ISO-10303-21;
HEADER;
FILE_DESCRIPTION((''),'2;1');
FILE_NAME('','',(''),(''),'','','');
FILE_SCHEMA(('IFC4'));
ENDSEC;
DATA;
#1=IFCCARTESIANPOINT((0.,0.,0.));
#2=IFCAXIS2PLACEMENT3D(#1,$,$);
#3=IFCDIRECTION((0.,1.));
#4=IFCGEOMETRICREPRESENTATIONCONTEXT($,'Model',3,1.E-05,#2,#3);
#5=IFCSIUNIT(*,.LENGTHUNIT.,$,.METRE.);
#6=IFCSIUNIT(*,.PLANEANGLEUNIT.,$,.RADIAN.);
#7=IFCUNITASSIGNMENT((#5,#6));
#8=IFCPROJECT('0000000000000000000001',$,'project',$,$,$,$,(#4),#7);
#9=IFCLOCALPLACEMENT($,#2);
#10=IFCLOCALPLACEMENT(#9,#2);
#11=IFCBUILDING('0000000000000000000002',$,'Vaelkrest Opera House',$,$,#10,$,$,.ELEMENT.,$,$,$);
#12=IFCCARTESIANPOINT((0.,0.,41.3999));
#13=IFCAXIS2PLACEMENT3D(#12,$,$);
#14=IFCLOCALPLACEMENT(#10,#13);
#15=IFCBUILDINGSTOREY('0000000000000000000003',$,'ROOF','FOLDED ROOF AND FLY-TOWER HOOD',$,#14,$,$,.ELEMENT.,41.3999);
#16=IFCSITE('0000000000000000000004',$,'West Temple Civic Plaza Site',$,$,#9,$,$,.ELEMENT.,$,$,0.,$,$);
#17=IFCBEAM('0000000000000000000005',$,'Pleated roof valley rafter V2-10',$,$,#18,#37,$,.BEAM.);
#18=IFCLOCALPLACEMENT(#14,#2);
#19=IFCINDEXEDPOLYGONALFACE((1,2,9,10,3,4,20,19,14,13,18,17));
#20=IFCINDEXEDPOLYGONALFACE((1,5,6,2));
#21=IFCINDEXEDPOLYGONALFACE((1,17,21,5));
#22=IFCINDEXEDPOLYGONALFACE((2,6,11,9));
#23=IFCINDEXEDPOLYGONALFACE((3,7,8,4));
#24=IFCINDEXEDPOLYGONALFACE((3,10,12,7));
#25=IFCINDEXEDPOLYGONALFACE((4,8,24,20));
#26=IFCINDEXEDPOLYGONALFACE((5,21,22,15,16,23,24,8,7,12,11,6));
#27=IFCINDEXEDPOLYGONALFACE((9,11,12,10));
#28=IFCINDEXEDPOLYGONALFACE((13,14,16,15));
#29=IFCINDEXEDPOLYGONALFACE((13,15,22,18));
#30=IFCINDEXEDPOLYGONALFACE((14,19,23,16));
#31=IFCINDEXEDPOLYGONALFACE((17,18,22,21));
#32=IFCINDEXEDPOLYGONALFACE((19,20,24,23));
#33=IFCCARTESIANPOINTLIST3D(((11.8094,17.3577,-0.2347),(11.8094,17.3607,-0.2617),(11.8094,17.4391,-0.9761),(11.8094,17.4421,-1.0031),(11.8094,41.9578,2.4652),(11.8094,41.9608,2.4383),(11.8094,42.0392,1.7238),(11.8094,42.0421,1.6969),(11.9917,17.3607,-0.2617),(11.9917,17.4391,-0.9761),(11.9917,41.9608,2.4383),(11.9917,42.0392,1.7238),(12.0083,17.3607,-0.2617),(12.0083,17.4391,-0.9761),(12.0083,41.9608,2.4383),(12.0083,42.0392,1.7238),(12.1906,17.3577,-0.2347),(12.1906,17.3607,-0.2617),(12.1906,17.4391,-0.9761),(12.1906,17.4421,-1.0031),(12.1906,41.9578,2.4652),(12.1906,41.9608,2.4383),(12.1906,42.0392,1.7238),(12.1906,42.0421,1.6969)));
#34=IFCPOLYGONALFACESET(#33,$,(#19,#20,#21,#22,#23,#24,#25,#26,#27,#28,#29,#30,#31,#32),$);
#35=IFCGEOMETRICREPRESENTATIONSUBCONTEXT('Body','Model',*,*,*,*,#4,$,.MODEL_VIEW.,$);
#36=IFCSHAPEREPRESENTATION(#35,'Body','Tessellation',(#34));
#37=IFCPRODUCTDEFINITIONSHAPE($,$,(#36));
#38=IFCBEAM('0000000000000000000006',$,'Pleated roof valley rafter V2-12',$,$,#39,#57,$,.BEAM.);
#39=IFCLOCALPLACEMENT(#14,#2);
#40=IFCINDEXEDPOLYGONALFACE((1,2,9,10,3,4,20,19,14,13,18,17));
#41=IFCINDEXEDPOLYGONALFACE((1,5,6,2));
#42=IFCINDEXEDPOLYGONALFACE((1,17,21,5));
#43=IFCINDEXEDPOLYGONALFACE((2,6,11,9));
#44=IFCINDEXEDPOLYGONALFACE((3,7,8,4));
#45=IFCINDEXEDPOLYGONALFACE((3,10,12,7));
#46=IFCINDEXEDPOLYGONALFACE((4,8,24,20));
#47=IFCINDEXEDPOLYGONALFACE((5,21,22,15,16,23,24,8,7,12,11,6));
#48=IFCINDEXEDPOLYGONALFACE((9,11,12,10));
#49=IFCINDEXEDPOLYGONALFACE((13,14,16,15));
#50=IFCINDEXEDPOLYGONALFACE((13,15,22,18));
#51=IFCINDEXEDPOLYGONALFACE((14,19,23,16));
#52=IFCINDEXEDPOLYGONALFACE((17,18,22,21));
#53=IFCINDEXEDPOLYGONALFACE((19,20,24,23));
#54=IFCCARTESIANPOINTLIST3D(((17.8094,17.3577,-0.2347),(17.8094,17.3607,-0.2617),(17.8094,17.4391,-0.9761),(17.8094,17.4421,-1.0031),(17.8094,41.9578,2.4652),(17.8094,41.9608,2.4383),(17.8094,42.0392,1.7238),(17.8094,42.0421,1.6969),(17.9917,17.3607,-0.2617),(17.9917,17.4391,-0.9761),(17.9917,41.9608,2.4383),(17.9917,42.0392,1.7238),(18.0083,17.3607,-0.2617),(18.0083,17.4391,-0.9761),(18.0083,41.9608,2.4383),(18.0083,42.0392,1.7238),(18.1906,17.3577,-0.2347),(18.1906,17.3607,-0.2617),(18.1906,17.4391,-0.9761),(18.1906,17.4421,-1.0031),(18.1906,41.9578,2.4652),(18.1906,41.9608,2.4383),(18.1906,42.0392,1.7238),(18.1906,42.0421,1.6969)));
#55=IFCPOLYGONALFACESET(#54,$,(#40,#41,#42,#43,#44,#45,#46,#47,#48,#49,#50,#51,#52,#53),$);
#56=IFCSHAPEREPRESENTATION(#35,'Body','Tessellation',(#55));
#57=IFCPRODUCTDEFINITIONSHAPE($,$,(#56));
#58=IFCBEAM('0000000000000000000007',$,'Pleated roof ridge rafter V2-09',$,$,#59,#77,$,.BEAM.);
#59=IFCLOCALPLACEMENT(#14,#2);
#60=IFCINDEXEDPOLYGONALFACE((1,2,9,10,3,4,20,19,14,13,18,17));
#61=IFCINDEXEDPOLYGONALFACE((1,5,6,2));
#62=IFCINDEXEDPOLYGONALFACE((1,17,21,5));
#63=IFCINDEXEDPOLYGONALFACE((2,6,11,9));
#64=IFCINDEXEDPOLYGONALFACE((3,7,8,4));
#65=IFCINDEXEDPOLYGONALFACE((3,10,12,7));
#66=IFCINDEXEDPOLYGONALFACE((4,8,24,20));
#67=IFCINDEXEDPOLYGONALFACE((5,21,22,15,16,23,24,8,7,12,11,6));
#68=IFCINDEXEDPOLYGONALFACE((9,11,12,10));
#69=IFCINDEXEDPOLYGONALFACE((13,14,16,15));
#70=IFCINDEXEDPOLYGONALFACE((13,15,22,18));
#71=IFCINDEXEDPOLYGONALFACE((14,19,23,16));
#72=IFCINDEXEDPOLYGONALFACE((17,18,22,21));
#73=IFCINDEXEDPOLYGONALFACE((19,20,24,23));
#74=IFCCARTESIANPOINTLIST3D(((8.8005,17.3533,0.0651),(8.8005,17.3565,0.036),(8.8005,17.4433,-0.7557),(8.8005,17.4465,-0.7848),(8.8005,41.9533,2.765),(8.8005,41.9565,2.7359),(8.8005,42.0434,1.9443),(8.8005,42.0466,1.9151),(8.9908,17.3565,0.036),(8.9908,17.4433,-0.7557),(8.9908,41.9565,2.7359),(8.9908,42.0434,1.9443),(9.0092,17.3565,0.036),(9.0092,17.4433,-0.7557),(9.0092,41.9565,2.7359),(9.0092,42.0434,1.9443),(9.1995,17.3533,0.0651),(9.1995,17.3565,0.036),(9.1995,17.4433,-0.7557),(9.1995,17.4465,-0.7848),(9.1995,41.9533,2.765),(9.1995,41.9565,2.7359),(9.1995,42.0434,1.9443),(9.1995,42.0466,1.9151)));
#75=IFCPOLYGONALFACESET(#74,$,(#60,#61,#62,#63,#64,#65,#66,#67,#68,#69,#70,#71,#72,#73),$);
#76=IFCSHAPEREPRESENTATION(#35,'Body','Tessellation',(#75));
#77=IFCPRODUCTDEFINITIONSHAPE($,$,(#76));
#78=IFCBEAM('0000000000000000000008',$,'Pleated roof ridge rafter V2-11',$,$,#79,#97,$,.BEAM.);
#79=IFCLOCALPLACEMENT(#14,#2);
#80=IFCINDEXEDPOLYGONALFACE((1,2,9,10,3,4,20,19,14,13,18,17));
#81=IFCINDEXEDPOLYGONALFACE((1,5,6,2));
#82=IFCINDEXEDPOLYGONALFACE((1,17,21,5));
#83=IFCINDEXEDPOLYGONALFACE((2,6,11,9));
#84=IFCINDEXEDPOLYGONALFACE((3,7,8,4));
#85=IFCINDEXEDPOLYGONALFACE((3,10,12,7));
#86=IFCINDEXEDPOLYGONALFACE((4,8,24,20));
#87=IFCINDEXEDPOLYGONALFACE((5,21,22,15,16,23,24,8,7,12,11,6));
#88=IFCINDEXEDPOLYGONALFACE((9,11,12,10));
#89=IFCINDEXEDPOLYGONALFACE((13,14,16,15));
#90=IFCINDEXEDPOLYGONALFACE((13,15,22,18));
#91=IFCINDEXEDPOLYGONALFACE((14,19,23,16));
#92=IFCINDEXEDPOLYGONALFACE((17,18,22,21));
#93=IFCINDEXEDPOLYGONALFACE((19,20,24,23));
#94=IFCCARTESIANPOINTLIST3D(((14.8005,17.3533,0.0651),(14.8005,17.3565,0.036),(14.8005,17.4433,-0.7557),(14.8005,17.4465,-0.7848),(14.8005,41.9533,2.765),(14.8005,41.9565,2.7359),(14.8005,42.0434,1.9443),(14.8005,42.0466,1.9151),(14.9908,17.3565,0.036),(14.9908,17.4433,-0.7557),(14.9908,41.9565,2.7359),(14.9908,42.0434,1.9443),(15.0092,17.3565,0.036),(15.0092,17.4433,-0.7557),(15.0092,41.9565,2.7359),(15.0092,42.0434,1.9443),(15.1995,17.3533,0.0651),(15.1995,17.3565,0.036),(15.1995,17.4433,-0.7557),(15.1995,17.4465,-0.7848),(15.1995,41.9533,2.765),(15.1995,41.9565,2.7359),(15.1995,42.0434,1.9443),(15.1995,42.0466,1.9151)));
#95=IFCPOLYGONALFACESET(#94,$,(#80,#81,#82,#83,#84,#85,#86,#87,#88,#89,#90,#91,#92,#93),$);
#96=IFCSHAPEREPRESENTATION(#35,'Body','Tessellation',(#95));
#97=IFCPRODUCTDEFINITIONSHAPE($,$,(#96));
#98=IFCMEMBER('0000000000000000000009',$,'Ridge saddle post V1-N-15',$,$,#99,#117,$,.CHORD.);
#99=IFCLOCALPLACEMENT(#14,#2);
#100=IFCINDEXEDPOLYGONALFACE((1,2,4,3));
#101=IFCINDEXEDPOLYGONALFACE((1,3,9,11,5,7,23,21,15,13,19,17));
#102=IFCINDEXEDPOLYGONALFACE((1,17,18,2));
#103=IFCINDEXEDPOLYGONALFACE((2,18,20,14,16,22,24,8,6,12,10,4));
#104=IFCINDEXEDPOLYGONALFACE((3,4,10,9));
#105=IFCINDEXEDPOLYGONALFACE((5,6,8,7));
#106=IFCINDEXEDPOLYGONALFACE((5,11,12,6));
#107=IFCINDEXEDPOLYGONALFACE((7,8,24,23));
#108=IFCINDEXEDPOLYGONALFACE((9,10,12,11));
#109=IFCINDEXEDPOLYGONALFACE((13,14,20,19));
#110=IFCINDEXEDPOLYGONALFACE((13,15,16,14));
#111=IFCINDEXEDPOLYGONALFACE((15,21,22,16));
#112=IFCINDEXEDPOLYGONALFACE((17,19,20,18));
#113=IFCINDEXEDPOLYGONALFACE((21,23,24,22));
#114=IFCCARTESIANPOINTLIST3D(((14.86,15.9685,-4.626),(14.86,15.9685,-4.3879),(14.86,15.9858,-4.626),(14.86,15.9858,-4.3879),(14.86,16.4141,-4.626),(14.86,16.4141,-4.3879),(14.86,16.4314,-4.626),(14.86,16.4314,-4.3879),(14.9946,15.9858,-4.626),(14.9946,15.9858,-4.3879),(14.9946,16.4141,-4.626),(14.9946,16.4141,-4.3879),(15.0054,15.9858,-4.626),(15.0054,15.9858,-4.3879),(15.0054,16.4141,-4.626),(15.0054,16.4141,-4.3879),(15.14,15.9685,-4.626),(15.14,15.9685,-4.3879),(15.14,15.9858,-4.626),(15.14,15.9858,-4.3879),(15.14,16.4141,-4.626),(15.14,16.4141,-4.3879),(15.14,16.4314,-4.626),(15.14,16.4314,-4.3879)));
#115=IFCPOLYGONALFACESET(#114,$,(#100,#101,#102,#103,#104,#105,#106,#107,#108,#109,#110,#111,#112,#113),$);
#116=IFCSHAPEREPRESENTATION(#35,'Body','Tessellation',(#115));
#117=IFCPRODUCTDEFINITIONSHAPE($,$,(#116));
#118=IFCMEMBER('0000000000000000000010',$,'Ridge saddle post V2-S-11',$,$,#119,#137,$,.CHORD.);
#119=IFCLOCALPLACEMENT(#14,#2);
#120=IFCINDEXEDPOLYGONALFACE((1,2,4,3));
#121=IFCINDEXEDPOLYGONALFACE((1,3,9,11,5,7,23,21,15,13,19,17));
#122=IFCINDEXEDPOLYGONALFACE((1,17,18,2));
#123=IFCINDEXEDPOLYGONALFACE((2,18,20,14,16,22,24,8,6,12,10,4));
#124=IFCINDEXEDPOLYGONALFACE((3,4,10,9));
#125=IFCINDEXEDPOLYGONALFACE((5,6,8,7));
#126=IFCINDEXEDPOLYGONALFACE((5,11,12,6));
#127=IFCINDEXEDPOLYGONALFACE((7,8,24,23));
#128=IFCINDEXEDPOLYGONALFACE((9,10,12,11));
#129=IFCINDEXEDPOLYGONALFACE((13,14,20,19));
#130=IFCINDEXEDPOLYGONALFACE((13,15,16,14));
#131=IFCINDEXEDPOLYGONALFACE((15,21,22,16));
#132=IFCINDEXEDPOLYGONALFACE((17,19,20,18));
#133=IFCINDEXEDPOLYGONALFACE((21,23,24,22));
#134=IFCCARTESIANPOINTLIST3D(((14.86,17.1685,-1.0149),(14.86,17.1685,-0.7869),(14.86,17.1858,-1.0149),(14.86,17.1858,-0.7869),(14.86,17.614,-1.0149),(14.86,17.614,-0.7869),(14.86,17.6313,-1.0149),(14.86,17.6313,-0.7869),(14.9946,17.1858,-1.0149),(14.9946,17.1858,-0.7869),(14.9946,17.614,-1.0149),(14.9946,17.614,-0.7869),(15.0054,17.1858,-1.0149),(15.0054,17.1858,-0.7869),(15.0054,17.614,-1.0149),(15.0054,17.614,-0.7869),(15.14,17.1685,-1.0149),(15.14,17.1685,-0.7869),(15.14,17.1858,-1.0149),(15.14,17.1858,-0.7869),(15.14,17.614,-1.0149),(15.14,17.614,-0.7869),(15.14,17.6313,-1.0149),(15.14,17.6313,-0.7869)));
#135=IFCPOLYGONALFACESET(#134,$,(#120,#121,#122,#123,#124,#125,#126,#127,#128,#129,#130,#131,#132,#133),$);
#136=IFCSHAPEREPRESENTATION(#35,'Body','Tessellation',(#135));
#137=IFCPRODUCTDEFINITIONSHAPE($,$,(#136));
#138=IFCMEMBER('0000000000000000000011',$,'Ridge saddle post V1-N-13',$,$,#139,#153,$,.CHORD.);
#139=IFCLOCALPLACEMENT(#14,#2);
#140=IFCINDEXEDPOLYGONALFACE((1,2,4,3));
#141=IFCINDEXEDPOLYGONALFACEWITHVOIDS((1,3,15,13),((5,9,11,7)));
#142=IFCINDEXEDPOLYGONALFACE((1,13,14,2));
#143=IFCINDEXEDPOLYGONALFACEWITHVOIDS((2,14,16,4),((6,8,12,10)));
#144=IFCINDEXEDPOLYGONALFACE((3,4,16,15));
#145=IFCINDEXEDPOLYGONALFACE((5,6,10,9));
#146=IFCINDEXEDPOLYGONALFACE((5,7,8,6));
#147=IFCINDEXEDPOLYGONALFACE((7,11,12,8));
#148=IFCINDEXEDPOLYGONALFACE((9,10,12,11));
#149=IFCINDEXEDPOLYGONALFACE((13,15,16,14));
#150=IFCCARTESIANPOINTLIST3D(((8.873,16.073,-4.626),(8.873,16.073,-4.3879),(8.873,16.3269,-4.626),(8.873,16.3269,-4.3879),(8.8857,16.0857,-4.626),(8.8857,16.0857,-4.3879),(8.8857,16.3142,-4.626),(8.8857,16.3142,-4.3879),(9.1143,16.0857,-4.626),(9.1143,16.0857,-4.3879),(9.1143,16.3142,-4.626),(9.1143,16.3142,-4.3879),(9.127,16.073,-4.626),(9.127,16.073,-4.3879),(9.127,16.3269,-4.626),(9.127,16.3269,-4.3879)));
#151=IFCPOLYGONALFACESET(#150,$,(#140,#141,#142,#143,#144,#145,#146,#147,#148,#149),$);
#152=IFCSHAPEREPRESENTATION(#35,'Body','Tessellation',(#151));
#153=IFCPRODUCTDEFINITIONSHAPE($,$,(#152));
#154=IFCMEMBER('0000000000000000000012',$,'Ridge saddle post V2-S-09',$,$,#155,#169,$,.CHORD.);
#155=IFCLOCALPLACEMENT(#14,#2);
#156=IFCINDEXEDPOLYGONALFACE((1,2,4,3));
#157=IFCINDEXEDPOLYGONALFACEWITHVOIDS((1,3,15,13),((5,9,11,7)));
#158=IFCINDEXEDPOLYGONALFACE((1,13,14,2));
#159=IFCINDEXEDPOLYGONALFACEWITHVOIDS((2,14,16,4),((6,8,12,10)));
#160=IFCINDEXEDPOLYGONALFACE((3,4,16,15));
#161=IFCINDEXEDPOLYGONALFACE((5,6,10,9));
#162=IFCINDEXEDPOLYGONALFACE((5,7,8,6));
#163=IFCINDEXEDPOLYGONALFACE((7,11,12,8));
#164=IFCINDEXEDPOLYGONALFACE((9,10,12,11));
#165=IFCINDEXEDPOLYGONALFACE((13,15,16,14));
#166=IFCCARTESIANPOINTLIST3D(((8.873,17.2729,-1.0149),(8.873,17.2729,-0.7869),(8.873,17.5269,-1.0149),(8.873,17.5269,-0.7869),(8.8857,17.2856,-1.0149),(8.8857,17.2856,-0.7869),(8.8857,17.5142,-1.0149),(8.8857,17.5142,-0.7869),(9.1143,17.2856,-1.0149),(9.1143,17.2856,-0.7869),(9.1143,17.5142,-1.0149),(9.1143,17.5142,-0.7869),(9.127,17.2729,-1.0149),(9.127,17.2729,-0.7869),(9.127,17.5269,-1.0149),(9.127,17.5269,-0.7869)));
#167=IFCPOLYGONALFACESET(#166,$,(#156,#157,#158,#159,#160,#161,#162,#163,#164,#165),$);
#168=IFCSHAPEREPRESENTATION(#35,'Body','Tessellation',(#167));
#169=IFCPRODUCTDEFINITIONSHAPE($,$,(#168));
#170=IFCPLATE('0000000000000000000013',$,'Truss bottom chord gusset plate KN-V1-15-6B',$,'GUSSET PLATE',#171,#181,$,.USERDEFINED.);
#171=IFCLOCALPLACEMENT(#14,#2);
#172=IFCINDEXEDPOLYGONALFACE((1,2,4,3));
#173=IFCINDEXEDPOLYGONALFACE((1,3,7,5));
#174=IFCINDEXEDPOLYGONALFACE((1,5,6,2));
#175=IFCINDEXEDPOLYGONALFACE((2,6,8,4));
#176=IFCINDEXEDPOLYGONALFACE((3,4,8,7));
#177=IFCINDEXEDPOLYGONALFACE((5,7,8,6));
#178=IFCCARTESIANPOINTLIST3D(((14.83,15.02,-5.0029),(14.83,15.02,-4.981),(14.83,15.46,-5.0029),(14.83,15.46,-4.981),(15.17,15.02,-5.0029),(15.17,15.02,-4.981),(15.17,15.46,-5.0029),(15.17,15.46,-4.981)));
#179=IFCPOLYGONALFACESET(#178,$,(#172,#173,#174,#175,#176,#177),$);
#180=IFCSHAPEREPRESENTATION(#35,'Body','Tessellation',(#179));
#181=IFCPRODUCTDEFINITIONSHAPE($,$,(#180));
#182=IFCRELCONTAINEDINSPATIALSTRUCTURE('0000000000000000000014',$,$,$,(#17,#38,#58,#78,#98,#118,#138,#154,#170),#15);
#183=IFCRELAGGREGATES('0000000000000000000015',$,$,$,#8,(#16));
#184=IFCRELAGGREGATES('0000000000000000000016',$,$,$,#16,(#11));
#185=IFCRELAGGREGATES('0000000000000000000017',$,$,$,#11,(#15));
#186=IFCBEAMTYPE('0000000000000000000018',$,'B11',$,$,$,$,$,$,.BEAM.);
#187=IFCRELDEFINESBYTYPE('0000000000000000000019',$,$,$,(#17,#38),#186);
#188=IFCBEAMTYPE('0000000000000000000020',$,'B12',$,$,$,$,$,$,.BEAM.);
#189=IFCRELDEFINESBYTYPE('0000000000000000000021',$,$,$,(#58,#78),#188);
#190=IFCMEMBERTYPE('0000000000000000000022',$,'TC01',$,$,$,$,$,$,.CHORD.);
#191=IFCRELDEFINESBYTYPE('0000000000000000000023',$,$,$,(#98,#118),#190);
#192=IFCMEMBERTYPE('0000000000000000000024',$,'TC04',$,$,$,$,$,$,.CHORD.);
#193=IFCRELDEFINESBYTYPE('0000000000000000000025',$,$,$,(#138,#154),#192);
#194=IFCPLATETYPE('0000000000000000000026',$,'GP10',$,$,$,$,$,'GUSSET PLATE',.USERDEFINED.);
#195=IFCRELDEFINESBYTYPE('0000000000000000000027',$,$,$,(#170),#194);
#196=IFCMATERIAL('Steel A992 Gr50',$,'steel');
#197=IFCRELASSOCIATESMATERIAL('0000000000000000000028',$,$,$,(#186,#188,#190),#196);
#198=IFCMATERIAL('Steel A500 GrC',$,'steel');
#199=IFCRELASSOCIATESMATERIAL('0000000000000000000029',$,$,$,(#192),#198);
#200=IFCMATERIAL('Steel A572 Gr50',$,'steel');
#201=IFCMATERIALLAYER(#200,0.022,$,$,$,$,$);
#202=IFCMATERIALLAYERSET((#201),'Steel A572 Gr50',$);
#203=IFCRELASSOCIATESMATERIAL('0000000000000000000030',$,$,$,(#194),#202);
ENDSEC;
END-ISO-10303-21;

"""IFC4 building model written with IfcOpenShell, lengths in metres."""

from ifc_helpers import new_model, si_unit, direction, frame, origin, origin_2d, place, context, subcontext, project, spatial, rectangle, hollow_rectangle, i_section, extrude, material, layer, layer_set, material_profile, profile_set, type_object, element, save


model = new_model("IFC4")

# Units and contexts
model_context = context("Model", 3, precision=1e-05, world=origin(), true_north=direction((0.0, 1.0)))
body_context = subcontext(model_context, "Body", "Model", "MODEL_VIEW")
ifc_project = project(units=[si_unit("LENGTHUNIT", "METRE"), si_unit("PLANEANGLEUNIT", "RADIAN")], contexts=[model_context])

# Site, building, storey
site_placement = place(None, origin())
site = spatial("IfcSite", under=ifc_project, at=site_placement, Name="West Temple Civic Plaza Site", CompositionType="ELEMENT", RefElevation=0.0)
building_placement = place(site_placement, origin())
building = spatial("IfcBuilding", under=site, at=building_placement, Name="Vaelkrest Opera House", CompositionType="ELEMENT")
storey_placement = place(building_placement, frame((0.0, 0.0, 41.3999)))
storey = spatial("IfcBuildingStorey", under=building, at=storey_placement, Name="ROOF", Description="FOLDED ROOF AND FLY-TOWER HOOD", CompositionType="ELEMENT", Elevation=41.3999)

# Beams
ifc_material_1 = material(Name="Steel A992 Gr50", Category="steel")
ifc_material_profile_1 = material_profile(ifc_material_1, i_section(OverallWidth=0.3811, OverallDepth=0.7729, WebThickness=0.0166, FlangeThickness=0.0271, at=origin_2d()), Name="W30X173")
ifc_profile_set_1 = profile_set([ifc_material_profile_1], Name="Steel A992 Gr50")
beam_type_1 = type_object("IfcBeamType", Name="B11", PredefinedType="BEAM", material=ifc_profile_set_1)
for number, where, z_axis, x_axis, name in (
    (1, (12.0, 17.3999, -0.6189), (0.0, 0.994031, 0.109099), (-1.0, 0.0, 0.0), "Pleated roof valley rafter V2-10"),
    (2, (18.0, 17.3999, -0.6189), (0.0, 0.994031, 0.109099), (-1.0, 0.0, 0.0), "Pleated roof valley rafter V2-12"),
):
    element("IfcBeam", number, at=place(storey_placement, frame(where, z_axis=z_axis, x_axis=x_axis)), inside=storey, type_object=beam_type_1, Name=name, PredefinedType="BEAM", context=body_context, shape_type="SweptSolid", body=[
        extrude(i_section(OverallWidth=0.3811, OverallDepth=0.7729, WebThickness=0.0166, FlangeThickness=0.0271, at=origin_2d()), origin(), (0.0, 0.0, 1.0), 24.7478),
    ])
ifc_material_profile_2 = material_profile(ifc_material_1, i_section(OverallWidth=0.3989, OverallDepth=0.855, WebThickness=0.0183, FlangeThickness=0.0293, at=origin_2d()), Name="W33X201")
ifc_profile_set_2 = profile_set([ifc_material_profile_2], Name="Steel A992 Gr50")
beam_type_2 = type_object("IfcBeamType", Name="B12", PredefinedType="BEAM", material=ifc_profile_set_2)
for number, where, z_axis, x_axis, name in (
    (3, (9.0, 17.3999, -0.3599), (0.0, 0.994031, 0.109099), (-1.0, 0.0, 0.0), "Pleated roof ridge rafter V2-09"),
    (4, (15.0, 17.3999, -0.3599), (0.0, 0.994031, 0.109099), (-1.0, 0.0, 0.0), "Pleated roof ridge rafter V2-11"),
):
    element("IfcBeam", number, at=place(storey_placement, frame(where, z_axis=z_axis, x_axis=x_axis)), inside=storey, type_object=beam_type_2, Name=name, PredefinedType="BEAM", context=body_context, shape_type="SweptSolid", body=[
        extrude(i_section(OverallWidth=0.3989, OverallDepth=0.855, WebThickness=0.0183, FlangeThickness=0.0293, at=origin_2d()), origin(), (0.0, 0.0, 1.0), 24.7478),
    ])

# Members
ifc_material_profile_3 = material_profile(ifc_material_1, i_section(OverallWidth=0.28, OverallDepth=0.4629, WebThickness=0.0107, FlangeThickness=0.0173, at=origin_2d()), Name="W18X76")
ifc_profile_set_3 = profile_set([ifc_material_profile_3], Name="Steel A992 Gr50")
member_type_1 = type_object("IfcMemberType", Name="TC01", PredefinedType="CHORD", material=ifc_profile_set_3)
member_1_placement = place(storey_placement, frame((15.0, 16.2, -4.626), z_axis=(0.0, 0.0, 1.0), x_axis=(1.0, 0.0, 0.0)))
element("IfcMember", 5, at=member_1_placement, inside=storey, type_object=member_type_1, Name="Ridge saddle post V1-N-15", PredefinedType="CHORD", context=body_context, shape_type="SweptSolid", body=[
    extrude(i_section(OverallWidth=0.28, OverallDepth=0.4629, WebThickness=0.0107, FlangeThickness=0.0173, at=origin_2d()), origin(), (0.0, 0.0, 1.0), 0.238),
])
member_2_placement = place(storey_placement, frame((15.0, 17.3999, -1.0149), z_axis=(0.0, 0.0, 1.0), x_axis=(1.0, 0.0, 0.0)))
element("IfcMember", 6, at=member_2_placement, inside=storey, type_object=member_type_1, Name="Ridge saddle post V2-S-11", PredefinedType="CHORD", context=body_context, shape_type="SweptSolid", body=[
    extrude(i_section(OverallWidth=0.28, OverallDepth=0.4629, WebThickness=0.0107, FlangeThickness=0.0173, at=origin_2d()), origin(), (0.0, 0.0, 1.0), 0.228),
])
ifc_material_2 = material(Name="Steel A500 GrC", Category="steel")
ifc_material_profile_4 = material_profile(ifc_material_2, hollow_rectangle(XDim=0.2539, YDim=0.2539, WallThickness=0.0127, at=origin_2d()), Name="HSS254X254X12.7")
ifc_profile_set_4 = profile_set([ifc_material_profile_4], Name="Steel A500 GrC")
member_type_2 = type_object("IfcMemberType", Name="TC04", PredefinedType="CHORD", material=ifc_profile_set_4)
member_3_placement = place(storey_placement, frame((9.0, 16.2, -4.626), z_axis=(0.0, 0.0, 1.0), x_axis=(1.0, 0.0, 0.0)))
element("IfcMember", 7, at=member_3_placement, inside=storey, type_object=member_type_2, Name="Ridge saddle post V1-N-13", PredefinedType="CHORD", context=body_context, shape_type="SweptSolid", body=[
    extrude(hollow_rectangle(XDim=0.2539, YDim=0.2539, WallThickness=0.0127, at=origin_2d()), origin(), (0.0, 0.0, 1.0), 0.238),
])
member_4_placement = place(storey_placement, frame((9.0, 17.3999, -1.0149), z_axis=(0.0, 0.0, 1.0), x_axis=(1.0, 0.0, 0.0)))
element("IfcMember", 8, at=member_4_placement, inside=storey, type_object=member_type_2, Name="Ridge saddle post V2-S-09", PredefinedType="CHORD", context=body_context, shape_type="SweptSolid", body=[
    extrude(hollow_rectangle(XDim=0.2539, YDim=0.2539, WallThickness=0.0127, at=origin_2d()), origin(), (0.0, 0.0, 1.0), 0.228),
])

# Plate
ifc_material_3 = material(Name="Steel A572 Gr50", Category="steel")
ifc_layer_1 = layer(ifc_material_3, 0.022)
ifc_layer_set_1 = layer_set([ifc_layer_1], Name="Steel A572 Gr50")
plate_type_1 = type_object("IfcPlateType", Name="GP10", ElementType="GUSSET PLATE", PredefinedType="USERDEFINED", material=ifc_layer_set_1)
plate_1_placement = place(storey_placement, frame((15.0, 15.24, -5.0029), z_axis=(0.0, 0.0, 1.0), x_axis=(0.0, 1.0, 0.0)))
element("IfcPlate", 9, at=plate_1_placement, inside=storey, type_object=plate_type_1, Name="Truss bottom chord gusset plate KN-V1-15-6B", ObjectType="GUSSET PLATE", PredefinedType="USERDEFINED", context=body_context, shape_type="SweptSolid", body=[
    extrude(rectangle(XDim=0.4399, YDim=0.3401, at=origin_2d()), origin(), (0.0, 0.0, 1.0), 0.022),
])

save(model, "model.ifc")
